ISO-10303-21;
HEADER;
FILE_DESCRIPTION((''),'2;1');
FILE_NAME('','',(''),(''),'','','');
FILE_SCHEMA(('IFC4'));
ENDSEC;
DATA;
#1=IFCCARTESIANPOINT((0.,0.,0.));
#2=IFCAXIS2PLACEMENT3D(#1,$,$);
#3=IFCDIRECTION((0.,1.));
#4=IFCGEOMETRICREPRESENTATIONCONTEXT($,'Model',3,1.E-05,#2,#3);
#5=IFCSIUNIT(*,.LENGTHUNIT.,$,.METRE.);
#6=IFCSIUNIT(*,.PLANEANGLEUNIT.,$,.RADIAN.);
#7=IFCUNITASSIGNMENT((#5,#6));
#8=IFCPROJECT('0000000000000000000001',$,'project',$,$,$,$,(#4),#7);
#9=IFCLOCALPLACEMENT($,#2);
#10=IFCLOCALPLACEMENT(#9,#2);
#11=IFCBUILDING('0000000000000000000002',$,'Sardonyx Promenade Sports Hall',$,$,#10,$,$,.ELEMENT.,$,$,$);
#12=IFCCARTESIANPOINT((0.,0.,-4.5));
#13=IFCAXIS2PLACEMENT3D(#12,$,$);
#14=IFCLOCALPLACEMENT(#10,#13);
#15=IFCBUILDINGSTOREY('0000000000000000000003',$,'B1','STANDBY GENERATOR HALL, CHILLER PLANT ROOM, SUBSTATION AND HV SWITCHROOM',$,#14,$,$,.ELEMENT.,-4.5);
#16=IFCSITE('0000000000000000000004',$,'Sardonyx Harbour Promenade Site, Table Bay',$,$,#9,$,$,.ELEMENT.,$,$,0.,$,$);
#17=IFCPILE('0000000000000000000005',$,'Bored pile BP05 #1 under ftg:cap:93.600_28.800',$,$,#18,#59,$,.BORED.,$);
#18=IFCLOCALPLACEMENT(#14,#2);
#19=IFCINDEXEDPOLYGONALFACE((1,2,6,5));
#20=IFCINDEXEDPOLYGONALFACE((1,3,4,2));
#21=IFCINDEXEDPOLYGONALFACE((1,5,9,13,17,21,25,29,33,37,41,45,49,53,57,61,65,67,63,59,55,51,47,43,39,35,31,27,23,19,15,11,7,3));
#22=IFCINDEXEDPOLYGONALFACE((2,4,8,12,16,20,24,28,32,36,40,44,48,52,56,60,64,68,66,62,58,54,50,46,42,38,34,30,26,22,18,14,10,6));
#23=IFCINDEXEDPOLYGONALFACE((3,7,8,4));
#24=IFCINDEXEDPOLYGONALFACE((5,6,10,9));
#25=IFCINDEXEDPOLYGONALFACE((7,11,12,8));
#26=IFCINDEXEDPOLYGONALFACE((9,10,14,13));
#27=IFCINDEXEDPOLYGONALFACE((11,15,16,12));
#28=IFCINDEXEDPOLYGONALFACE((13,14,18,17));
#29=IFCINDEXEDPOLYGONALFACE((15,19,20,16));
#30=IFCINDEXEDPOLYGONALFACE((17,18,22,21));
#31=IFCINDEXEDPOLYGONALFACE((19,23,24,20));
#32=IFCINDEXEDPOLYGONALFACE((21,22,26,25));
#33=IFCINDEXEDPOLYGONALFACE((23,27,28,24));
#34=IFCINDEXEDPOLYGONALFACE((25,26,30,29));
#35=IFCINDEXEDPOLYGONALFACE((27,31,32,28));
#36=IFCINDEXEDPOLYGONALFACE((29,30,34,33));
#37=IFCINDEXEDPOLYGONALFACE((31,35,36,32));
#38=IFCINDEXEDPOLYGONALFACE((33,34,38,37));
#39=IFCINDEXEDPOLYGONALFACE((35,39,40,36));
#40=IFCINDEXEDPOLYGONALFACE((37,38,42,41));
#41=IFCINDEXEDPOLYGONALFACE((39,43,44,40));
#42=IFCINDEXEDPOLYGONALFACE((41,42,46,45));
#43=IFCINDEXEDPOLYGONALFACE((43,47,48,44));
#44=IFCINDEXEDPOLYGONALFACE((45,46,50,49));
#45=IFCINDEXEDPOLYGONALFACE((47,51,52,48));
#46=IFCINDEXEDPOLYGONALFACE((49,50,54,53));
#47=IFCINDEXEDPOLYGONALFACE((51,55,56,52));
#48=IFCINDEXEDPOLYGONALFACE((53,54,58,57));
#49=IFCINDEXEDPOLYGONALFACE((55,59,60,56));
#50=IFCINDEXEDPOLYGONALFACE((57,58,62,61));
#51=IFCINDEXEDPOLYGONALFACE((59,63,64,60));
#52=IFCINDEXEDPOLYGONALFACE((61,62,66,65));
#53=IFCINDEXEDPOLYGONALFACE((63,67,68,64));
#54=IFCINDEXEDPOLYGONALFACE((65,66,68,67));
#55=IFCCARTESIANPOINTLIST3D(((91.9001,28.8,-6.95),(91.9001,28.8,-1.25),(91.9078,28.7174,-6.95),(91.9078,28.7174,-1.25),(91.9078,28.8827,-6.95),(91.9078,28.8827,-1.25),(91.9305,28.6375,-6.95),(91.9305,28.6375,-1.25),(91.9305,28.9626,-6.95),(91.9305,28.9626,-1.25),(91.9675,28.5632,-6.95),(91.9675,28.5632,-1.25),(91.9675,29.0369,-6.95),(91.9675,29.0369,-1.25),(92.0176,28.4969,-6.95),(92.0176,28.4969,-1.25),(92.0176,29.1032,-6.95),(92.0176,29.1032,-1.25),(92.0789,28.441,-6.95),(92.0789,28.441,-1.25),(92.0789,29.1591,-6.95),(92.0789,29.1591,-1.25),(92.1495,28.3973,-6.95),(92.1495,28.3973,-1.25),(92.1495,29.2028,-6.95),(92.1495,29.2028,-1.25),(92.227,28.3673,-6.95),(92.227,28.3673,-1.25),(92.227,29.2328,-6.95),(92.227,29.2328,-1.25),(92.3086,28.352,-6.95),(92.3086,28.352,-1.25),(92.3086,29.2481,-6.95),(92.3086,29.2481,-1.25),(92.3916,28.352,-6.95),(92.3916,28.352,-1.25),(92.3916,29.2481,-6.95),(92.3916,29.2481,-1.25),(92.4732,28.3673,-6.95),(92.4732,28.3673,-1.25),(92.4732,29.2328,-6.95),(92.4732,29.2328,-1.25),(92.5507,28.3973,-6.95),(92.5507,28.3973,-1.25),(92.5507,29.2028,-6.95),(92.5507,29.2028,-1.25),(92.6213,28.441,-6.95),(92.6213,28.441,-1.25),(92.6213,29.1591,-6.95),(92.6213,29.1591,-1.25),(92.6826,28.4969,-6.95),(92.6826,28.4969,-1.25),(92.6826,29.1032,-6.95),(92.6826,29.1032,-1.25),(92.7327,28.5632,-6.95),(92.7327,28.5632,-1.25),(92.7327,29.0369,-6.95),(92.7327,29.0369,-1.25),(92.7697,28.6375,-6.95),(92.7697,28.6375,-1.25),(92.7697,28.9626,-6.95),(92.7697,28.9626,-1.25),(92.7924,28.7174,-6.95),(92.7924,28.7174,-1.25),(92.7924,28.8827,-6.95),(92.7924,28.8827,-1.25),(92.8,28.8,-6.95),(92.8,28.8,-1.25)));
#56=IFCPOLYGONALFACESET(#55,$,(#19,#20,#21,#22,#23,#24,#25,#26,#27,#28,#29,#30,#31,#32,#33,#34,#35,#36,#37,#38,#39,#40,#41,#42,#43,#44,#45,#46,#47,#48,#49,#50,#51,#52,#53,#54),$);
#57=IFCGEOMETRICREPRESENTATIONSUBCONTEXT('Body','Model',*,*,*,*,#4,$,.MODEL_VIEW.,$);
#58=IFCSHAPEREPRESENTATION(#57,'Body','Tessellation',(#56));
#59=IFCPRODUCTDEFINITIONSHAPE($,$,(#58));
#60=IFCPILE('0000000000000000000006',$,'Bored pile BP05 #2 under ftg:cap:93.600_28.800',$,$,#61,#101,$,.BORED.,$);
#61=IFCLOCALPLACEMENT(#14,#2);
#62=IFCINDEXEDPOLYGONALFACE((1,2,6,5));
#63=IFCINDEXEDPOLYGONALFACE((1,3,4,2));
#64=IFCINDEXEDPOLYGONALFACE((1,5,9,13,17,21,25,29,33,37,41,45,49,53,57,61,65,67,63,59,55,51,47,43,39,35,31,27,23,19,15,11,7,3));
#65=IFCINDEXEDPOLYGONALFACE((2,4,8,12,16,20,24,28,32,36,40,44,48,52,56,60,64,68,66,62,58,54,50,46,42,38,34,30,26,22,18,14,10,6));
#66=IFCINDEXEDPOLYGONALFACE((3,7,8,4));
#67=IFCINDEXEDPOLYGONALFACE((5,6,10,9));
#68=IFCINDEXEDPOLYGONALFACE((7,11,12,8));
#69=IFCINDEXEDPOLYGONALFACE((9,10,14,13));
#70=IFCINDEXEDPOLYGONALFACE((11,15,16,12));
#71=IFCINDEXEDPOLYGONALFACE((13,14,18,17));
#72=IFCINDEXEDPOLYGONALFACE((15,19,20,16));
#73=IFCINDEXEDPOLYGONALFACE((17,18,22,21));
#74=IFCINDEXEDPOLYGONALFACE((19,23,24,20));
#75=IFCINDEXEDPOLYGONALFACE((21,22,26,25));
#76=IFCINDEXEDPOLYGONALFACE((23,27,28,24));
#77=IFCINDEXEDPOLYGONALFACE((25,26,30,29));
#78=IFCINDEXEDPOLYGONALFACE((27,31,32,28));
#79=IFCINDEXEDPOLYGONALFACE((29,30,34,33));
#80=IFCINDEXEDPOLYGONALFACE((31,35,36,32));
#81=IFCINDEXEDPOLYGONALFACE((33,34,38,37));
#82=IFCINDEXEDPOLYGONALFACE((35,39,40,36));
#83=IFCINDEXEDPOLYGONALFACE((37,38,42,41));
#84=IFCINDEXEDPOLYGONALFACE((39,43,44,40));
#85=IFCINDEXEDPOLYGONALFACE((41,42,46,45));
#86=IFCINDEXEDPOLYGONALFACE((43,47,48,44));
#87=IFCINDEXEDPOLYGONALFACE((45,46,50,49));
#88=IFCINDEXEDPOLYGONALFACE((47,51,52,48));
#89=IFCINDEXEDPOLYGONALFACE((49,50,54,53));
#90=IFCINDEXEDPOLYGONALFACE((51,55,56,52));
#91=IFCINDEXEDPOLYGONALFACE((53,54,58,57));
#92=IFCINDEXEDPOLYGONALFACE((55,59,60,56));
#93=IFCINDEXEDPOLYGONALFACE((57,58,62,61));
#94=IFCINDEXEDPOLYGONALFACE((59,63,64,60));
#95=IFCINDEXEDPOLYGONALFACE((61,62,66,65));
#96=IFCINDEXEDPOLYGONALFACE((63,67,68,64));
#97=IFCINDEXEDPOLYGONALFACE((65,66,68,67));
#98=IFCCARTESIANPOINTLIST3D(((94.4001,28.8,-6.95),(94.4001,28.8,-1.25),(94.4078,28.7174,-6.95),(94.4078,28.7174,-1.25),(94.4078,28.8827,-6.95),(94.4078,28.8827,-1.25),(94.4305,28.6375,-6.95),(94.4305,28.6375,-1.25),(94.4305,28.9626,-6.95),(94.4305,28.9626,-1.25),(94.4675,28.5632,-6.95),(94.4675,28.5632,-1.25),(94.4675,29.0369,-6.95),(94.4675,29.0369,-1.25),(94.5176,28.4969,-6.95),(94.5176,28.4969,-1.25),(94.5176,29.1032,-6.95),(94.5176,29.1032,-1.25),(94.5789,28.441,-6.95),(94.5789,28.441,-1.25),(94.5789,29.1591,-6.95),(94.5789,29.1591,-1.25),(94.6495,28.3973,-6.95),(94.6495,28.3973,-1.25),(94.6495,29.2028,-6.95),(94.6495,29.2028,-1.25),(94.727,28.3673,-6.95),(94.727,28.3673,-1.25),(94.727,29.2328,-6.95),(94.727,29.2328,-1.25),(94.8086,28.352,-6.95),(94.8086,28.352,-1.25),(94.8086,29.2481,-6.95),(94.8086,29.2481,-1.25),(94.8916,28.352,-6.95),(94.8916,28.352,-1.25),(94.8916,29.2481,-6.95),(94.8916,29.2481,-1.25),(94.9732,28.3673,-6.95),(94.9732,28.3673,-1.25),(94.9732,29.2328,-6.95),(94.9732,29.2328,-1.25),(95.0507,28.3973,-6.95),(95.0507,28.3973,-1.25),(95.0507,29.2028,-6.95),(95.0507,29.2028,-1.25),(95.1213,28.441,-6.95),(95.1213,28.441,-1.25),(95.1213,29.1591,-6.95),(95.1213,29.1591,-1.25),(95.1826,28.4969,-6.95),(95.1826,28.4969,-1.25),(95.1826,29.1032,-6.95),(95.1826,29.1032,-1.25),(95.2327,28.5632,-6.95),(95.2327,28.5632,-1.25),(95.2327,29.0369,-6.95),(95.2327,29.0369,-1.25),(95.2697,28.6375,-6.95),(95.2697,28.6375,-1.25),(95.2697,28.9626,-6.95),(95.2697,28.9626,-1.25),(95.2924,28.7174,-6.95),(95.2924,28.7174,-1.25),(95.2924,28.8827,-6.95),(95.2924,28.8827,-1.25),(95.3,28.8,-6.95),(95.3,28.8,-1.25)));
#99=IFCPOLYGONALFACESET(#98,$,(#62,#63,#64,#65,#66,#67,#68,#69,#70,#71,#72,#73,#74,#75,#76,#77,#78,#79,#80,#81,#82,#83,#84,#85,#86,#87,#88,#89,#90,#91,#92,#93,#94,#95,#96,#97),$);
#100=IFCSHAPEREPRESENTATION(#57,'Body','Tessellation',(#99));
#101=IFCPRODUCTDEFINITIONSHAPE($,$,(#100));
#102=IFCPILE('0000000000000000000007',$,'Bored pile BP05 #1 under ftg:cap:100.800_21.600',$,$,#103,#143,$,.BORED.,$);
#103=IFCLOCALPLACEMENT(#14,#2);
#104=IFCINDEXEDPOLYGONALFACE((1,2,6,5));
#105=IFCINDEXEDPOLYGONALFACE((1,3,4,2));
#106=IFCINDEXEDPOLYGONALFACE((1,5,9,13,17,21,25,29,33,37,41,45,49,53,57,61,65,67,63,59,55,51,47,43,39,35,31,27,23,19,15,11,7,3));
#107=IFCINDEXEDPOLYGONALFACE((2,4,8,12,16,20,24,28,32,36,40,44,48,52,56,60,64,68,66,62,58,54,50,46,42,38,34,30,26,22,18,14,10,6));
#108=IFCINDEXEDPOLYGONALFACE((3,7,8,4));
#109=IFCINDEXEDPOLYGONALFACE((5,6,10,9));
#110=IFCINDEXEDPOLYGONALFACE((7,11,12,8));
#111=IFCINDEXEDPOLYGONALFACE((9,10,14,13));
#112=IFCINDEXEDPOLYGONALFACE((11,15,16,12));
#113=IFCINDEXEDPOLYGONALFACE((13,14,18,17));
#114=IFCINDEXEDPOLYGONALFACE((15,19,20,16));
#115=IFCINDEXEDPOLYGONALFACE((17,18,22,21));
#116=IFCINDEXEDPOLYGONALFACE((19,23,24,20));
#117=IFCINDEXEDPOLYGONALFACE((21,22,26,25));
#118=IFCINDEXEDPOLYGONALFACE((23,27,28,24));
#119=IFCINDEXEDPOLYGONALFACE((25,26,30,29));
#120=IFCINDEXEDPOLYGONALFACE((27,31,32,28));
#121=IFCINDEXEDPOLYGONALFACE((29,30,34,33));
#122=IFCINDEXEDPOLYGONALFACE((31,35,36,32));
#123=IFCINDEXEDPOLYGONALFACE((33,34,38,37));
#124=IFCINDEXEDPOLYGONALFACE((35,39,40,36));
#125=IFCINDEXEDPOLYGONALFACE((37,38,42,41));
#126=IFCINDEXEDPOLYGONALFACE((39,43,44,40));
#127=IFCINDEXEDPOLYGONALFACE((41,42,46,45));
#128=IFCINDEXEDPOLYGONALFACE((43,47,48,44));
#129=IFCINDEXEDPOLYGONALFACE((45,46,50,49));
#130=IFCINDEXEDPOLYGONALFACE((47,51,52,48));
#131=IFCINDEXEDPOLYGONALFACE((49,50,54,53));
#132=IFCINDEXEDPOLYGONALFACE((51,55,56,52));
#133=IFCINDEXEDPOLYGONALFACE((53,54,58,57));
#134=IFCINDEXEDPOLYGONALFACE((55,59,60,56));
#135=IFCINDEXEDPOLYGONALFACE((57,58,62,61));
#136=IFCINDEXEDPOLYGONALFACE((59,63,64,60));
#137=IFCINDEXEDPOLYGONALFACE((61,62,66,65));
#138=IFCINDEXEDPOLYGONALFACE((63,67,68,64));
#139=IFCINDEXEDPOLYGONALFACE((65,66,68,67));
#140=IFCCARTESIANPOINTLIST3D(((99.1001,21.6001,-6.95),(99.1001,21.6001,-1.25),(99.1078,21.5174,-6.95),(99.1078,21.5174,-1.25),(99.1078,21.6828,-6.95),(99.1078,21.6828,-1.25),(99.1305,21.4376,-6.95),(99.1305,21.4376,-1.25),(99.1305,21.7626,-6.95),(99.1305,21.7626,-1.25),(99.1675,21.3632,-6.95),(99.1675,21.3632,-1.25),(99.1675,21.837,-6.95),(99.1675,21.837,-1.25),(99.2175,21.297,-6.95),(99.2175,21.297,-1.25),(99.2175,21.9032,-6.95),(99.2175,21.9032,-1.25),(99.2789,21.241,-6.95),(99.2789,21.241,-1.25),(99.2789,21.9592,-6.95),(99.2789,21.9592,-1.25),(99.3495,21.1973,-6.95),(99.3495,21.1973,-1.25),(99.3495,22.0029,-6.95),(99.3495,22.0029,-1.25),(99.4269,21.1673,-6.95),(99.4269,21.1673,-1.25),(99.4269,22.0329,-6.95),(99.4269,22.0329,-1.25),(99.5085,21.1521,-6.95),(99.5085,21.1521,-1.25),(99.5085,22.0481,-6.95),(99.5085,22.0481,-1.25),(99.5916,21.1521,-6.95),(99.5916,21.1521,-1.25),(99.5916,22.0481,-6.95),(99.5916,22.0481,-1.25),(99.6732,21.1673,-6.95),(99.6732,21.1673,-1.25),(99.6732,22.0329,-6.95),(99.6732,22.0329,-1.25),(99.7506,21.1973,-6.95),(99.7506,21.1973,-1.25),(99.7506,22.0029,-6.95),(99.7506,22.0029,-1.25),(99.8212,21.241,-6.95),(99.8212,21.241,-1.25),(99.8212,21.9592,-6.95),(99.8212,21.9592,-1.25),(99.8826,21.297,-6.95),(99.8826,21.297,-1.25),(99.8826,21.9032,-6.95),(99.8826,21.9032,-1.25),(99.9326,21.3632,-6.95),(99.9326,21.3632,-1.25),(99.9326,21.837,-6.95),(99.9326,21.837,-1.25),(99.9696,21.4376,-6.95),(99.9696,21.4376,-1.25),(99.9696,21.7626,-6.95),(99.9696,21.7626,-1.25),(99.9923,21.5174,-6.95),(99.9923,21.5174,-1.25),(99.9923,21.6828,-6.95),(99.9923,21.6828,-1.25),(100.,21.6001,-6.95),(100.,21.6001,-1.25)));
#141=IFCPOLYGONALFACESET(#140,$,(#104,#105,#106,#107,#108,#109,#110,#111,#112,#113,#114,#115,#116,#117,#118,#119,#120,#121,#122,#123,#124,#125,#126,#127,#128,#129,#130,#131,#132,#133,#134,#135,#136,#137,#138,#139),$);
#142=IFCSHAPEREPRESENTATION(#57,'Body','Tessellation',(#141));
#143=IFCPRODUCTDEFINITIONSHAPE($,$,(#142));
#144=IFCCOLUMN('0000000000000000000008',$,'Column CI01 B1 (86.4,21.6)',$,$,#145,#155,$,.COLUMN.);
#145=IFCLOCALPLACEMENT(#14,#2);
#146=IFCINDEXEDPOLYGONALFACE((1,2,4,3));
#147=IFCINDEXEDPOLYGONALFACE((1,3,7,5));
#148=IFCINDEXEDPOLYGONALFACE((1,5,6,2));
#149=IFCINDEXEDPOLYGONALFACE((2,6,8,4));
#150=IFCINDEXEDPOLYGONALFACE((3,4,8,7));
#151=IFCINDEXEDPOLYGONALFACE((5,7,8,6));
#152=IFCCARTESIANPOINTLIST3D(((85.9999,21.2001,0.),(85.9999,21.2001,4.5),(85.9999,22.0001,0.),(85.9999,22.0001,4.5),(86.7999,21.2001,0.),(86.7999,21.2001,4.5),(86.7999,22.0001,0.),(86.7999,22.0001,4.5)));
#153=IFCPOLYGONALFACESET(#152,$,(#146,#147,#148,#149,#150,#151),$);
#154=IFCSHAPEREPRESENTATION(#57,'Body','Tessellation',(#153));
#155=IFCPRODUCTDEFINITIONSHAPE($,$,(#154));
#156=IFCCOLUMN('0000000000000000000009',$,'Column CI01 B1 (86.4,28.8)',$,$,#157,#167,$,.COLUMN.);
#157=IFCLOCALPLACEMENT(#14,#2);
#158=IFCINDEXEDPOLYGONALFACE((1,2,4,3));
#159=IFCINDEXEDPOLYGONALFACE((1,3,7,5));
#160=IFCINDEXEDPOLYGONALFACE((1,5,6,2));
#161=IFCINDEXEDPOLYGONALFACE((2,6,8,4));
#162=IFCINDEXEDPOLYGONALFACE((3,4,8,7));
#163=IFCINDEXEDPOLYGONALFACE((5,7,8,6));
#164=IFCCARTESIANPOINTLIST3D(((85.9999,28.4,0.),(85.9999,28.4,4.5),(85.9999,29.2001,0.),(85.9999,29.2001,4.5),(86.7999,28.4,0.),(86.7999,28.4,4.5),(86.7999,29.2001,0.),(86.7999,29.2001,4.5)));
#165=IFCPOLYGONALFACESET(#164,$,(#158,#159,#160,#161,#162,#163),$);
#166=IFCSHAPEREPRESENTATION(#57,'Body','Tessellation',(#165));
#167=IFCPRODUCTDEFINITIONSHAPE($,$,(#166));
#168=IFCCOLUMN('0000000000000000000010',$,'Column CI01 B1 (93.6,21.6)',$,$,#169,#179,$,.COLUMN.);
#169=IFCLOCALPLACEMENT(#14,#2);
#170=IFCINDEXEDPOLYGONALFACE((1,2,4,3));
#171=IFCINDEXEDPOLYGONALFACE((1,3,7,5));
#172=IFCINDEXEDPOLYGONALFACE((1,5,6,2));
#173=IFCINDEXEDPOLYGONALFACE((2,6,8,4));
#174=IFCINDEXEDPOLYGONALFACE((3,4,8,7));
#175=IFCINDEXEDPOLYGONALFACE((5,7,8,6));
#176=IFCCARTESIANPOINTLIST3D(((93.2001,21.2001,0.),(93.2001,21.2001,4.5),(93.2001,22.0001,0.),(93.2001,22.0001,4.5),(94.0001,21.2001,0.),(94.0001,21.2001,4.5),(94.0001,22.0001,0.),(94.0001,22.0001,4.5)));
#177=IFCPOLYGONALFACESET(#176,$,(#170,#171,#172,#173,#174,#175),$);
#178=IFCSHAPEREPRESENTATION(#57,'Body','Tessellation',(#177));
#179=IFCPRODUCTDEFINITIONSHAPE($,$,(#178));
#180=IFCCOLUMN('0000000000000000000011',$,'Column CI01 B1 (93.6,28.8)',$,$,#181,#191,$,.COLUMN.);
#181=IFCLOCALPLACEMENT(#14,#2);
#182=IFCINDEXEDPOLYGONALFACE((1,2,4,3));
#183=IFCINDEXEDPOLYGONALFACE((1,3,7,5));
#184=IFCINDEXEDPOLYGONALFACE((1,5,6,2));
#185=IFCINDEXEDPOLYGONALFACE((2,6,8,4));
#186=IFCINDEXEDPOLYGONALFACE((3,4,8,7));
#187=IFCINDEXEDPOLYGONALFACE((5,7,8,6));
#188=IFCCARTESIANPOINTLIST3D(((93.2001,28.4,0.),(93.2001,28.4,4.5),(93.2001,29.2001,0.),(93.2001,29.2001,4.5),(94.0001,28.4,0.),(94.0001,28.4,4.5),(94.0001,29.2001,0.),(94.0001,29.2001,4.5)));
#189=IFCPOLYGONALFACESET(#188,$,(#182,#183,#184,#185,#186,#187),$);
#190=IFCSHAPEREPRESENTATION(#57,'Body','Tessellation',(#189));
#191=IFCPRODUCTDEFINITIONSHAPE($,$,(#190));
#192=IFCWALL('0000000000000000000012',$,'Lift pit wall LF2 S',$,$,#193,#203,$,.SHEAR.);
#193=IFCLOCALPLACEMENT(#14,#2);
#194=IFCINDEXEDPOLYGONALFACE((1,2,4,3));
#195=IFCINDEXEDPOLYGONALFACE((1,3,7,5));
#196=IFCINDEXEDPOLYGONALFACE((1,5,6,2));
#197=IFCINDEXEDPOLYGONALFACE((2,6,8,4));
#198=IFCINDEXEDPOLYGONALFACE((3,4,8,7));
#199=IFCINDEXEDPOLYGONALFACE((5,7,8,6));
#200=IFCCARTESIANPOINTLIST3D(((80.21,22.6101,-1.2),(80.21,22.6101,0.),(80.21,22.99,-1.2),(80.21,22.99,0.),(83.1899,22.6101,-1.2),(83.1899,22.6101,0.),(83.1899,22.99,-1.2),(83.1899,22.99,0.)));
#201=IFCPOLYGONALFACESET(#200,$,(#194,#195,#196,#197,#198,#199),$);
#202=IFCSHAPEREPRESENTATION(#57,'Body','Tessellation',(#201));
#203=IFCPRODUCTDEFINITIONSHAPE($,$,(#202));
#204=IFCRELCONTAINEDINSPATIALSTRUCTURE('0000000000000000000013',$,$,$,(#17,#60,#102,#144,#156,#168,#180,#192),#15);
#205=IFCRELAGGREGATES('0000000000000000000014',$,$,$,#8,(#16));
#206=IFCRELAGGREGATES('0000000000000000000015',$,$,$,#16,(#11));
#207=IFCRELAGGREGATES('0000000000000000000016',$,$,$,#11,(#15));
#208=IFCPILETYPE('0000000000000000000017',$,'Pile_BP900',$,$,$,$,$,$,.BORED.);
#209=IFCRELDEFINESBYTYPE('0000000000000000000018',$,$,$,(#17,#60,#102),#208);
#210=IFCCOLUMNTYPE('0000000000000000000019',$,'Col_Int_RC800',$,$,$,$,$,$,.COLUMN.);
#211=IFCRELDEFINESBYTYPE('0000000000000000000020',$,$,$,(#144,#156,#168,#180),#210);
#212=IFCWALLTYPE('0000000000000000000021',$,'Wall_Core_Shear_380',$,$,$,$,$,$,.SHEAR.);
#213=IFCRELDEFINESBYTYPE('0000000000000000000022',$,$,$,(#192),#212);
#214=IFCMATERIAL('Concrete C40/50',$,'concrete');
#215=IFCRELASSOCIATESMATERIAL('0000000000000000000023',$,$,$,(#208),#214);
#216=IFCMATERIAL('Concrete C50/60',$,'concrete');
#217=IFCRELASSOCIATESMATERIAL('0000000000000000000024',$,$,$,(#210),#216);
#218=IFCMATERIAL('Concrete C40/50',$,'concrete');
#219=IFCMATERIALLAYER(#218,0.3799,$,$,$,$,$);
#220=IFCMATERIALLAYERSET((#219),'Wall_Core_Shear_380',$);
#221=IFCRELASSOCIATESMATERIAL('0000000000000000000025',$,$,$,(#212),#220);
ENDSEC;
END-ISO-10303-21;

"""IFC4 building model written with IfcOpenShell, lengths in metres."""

from ifc_helpers import new_model, si_unit, direction, frame, frame_2d, origin, origin_2d, place, context, subcontext, project, spatial, rectangle, circle, extrude, material, layer, layer_set, material_profile, profile_set, type_object, element, save


model = new_model("IFC4")

# Units and contexts
model_context = context("Model", 3, precision=1e-05, world=origin(), true_north=direction((0.0, 1.0)))
body_context = subcontext(model_context, "Body", "Model", "MODEL_VIEW")
ifc_project = project(units=[si_unit("LENGTHUNIT", "METRE"), si_unit("PLANEANGLEUNIT", "RADIAN")], contexts=[model_context])

# Site, building, storey
site_placement = place(None, origin())
site = spatial("IfcSite", under=ifc_project, at=site_placement, Name="Sardonyx Harbour Promenade Site, Table Bay", CompositionType="ELEMENT", RefElevation=0.0)
building_placement = place(site_placement, origin())
building = spatial("IfcBuilding", under=site, at=building_placement, Name="Sardonyx Promenade Sports Hall", CompositionType="ELEMENT")
storey_placement = place(building_placement, frame((0.0, 0.0, -4.5)))
storey = spatial("IfcBuildingStorey", under=building, at=storey_placement, Name="B1", Description="STANDBY GENERATOR HALL, CHILLER PLANT ROOM, SUBSTATION AND HV SWITCHROOM", CompositionType="ELEMENT", Elevation=-4.5)

# Piles
ifc_material_1 = material(Name="Concrete C40/50", Category="concrete")
ifc_material_profile_1 = material_profile(ifc_material_1, circle(Radius=0.45, at=origin_2d()))
ifc_profile_set_1 = profile_set([ifc_material_profile_1], Name="Concrete C40/50")
pile_type_1 = type_object("IfcPileType", Name="Pile_BP900", PredefinedType="BORED", material=ifc_profile_set_1)
for number, where, z_axis, x_axis, name in (
    (1, (92.3501, 28.8, -1.25), (0.0, 0.0, -1.0), (1.0, 0.0, 0.0), "Bored pile BP05 #1 under ftg:cap:93.600_28.800"),
    (2, (94.8501, 28.8, -1.25), (0.0, 0.0, -1.0), (1.0, 0.0, 0.0), "Bored pile BP05 #2 under ftg:cap:93.600_28.800"),
    (3, (99.55, 21.6001, -1.25), (0.0, 0.0, -1.0), (1.0, 0.0, 0.0), "Bored pile BP05 #1 under ftg:cap:100.800_21.600"),
):
    element("IfcPile", number, at=place(storey_placement, frame(where, z_axis=z_axis, x_axis=x_axis)), inside=storey, type_object=pile_type_1, Name=name, PredefinedType="BORED", context=body_context, shape_type="SweptSolid", body=[
        extrude(circle(Radius=0.45, at=origin_2d()), origin(), (0.0, 0.0, 1.0), 5.7),
    ])

# Columns
ifc_material_2 = material(Name="Concrete C50/60", Category="concrete")
ifc_material_profile_2 = material_profile(ifc_material_2, rectangle(XDim=0.8, YDim=0.8, at=origin_2d()))
ifc_profile_set_2 = profile_set([ifc_material_profile_2], Name="Concrete C50/60")
column_type = type_object("IfcColumnType", Name="Col_Int_RC800", PredefinedType="COLUMN", material=ifc_profile_set_2)
for number, where, z_axis, x_axis, name in (
    (4, (86.3999, 21.6001, 0.0), (0.0, 0.0, 1.0), (1.0, 0.0, 0.0), "Column CI01 B1 (86.4,21.6)"),
    (5, (86.3999, 28.8, 0.0), (0.0, 0.0, 1.0), (1.0, 0.0, 0.0), "Column CI01 B1 (86.4,28.8)"),
    (6, (93.6001, 21.6001, 0.0), (0.0, 0.0, 1.0), (1.0, 0.0, 0.0), "Column CI01 B1 (93.6,21.6)"),
    (7, (93.6001, 28.8, 0.0), (0.0, 0.0, 1.0), (1.0, 0.0, 0.0), "Column CI01 B1 (93.6,28.8)"),
):
    element("IfcColumn", number, at=place(storey_placement, frame(where, z_axis=z_axis, x_axis=x_axis)), inside=storey, type_object=column_type, Name=name, PredefinedType="COLUMN", context=body_context, shape_type="SweptSolid", body=[
        extrude(rectangle(XDim=0.8, YDim=0.8, at=origin_2d()), origin(), (0.0, 0.0, 1.0), 4.5),
    ])

# Wall
ifc_material_3 = material(Name="Concrete C40/50", Category="concrete")
ifc_layer_1 = layer(ifc_material_3, 0.3799)
ifc_layer_set_1 = layer_set([ifc_layer_1], Name="Wall_Core_Shear_380")
wall_type_1 = type_object("IfcWallType", Name="Wall_Core_Shear_380", PredefinedType="SHEAR", material=ifc_layer_set_1)
wall_1_placement = place(storey_placement, frame((83.1899, 22.8, -1.2), z_axis=(0.0, 0.0, 1.0), x_axis=(-1.0, 0.0, 0.0)))
element("IfcWall", 8, at=wall_1_placement, inside=storey, type_object=wall_type_1, Name="Lift pit wall LF2 S", PredefinedType="SHEAR", context=body_context, shape_type="SweptSolid", body=[
    extrude(rectangle(XDim=2.98, YDim=0.3799, at=frame_2d((1.49, 0.0))), origin(), (0.0, 0.0, 1.0), 1.2),
])

save(model, "model.ifc")
